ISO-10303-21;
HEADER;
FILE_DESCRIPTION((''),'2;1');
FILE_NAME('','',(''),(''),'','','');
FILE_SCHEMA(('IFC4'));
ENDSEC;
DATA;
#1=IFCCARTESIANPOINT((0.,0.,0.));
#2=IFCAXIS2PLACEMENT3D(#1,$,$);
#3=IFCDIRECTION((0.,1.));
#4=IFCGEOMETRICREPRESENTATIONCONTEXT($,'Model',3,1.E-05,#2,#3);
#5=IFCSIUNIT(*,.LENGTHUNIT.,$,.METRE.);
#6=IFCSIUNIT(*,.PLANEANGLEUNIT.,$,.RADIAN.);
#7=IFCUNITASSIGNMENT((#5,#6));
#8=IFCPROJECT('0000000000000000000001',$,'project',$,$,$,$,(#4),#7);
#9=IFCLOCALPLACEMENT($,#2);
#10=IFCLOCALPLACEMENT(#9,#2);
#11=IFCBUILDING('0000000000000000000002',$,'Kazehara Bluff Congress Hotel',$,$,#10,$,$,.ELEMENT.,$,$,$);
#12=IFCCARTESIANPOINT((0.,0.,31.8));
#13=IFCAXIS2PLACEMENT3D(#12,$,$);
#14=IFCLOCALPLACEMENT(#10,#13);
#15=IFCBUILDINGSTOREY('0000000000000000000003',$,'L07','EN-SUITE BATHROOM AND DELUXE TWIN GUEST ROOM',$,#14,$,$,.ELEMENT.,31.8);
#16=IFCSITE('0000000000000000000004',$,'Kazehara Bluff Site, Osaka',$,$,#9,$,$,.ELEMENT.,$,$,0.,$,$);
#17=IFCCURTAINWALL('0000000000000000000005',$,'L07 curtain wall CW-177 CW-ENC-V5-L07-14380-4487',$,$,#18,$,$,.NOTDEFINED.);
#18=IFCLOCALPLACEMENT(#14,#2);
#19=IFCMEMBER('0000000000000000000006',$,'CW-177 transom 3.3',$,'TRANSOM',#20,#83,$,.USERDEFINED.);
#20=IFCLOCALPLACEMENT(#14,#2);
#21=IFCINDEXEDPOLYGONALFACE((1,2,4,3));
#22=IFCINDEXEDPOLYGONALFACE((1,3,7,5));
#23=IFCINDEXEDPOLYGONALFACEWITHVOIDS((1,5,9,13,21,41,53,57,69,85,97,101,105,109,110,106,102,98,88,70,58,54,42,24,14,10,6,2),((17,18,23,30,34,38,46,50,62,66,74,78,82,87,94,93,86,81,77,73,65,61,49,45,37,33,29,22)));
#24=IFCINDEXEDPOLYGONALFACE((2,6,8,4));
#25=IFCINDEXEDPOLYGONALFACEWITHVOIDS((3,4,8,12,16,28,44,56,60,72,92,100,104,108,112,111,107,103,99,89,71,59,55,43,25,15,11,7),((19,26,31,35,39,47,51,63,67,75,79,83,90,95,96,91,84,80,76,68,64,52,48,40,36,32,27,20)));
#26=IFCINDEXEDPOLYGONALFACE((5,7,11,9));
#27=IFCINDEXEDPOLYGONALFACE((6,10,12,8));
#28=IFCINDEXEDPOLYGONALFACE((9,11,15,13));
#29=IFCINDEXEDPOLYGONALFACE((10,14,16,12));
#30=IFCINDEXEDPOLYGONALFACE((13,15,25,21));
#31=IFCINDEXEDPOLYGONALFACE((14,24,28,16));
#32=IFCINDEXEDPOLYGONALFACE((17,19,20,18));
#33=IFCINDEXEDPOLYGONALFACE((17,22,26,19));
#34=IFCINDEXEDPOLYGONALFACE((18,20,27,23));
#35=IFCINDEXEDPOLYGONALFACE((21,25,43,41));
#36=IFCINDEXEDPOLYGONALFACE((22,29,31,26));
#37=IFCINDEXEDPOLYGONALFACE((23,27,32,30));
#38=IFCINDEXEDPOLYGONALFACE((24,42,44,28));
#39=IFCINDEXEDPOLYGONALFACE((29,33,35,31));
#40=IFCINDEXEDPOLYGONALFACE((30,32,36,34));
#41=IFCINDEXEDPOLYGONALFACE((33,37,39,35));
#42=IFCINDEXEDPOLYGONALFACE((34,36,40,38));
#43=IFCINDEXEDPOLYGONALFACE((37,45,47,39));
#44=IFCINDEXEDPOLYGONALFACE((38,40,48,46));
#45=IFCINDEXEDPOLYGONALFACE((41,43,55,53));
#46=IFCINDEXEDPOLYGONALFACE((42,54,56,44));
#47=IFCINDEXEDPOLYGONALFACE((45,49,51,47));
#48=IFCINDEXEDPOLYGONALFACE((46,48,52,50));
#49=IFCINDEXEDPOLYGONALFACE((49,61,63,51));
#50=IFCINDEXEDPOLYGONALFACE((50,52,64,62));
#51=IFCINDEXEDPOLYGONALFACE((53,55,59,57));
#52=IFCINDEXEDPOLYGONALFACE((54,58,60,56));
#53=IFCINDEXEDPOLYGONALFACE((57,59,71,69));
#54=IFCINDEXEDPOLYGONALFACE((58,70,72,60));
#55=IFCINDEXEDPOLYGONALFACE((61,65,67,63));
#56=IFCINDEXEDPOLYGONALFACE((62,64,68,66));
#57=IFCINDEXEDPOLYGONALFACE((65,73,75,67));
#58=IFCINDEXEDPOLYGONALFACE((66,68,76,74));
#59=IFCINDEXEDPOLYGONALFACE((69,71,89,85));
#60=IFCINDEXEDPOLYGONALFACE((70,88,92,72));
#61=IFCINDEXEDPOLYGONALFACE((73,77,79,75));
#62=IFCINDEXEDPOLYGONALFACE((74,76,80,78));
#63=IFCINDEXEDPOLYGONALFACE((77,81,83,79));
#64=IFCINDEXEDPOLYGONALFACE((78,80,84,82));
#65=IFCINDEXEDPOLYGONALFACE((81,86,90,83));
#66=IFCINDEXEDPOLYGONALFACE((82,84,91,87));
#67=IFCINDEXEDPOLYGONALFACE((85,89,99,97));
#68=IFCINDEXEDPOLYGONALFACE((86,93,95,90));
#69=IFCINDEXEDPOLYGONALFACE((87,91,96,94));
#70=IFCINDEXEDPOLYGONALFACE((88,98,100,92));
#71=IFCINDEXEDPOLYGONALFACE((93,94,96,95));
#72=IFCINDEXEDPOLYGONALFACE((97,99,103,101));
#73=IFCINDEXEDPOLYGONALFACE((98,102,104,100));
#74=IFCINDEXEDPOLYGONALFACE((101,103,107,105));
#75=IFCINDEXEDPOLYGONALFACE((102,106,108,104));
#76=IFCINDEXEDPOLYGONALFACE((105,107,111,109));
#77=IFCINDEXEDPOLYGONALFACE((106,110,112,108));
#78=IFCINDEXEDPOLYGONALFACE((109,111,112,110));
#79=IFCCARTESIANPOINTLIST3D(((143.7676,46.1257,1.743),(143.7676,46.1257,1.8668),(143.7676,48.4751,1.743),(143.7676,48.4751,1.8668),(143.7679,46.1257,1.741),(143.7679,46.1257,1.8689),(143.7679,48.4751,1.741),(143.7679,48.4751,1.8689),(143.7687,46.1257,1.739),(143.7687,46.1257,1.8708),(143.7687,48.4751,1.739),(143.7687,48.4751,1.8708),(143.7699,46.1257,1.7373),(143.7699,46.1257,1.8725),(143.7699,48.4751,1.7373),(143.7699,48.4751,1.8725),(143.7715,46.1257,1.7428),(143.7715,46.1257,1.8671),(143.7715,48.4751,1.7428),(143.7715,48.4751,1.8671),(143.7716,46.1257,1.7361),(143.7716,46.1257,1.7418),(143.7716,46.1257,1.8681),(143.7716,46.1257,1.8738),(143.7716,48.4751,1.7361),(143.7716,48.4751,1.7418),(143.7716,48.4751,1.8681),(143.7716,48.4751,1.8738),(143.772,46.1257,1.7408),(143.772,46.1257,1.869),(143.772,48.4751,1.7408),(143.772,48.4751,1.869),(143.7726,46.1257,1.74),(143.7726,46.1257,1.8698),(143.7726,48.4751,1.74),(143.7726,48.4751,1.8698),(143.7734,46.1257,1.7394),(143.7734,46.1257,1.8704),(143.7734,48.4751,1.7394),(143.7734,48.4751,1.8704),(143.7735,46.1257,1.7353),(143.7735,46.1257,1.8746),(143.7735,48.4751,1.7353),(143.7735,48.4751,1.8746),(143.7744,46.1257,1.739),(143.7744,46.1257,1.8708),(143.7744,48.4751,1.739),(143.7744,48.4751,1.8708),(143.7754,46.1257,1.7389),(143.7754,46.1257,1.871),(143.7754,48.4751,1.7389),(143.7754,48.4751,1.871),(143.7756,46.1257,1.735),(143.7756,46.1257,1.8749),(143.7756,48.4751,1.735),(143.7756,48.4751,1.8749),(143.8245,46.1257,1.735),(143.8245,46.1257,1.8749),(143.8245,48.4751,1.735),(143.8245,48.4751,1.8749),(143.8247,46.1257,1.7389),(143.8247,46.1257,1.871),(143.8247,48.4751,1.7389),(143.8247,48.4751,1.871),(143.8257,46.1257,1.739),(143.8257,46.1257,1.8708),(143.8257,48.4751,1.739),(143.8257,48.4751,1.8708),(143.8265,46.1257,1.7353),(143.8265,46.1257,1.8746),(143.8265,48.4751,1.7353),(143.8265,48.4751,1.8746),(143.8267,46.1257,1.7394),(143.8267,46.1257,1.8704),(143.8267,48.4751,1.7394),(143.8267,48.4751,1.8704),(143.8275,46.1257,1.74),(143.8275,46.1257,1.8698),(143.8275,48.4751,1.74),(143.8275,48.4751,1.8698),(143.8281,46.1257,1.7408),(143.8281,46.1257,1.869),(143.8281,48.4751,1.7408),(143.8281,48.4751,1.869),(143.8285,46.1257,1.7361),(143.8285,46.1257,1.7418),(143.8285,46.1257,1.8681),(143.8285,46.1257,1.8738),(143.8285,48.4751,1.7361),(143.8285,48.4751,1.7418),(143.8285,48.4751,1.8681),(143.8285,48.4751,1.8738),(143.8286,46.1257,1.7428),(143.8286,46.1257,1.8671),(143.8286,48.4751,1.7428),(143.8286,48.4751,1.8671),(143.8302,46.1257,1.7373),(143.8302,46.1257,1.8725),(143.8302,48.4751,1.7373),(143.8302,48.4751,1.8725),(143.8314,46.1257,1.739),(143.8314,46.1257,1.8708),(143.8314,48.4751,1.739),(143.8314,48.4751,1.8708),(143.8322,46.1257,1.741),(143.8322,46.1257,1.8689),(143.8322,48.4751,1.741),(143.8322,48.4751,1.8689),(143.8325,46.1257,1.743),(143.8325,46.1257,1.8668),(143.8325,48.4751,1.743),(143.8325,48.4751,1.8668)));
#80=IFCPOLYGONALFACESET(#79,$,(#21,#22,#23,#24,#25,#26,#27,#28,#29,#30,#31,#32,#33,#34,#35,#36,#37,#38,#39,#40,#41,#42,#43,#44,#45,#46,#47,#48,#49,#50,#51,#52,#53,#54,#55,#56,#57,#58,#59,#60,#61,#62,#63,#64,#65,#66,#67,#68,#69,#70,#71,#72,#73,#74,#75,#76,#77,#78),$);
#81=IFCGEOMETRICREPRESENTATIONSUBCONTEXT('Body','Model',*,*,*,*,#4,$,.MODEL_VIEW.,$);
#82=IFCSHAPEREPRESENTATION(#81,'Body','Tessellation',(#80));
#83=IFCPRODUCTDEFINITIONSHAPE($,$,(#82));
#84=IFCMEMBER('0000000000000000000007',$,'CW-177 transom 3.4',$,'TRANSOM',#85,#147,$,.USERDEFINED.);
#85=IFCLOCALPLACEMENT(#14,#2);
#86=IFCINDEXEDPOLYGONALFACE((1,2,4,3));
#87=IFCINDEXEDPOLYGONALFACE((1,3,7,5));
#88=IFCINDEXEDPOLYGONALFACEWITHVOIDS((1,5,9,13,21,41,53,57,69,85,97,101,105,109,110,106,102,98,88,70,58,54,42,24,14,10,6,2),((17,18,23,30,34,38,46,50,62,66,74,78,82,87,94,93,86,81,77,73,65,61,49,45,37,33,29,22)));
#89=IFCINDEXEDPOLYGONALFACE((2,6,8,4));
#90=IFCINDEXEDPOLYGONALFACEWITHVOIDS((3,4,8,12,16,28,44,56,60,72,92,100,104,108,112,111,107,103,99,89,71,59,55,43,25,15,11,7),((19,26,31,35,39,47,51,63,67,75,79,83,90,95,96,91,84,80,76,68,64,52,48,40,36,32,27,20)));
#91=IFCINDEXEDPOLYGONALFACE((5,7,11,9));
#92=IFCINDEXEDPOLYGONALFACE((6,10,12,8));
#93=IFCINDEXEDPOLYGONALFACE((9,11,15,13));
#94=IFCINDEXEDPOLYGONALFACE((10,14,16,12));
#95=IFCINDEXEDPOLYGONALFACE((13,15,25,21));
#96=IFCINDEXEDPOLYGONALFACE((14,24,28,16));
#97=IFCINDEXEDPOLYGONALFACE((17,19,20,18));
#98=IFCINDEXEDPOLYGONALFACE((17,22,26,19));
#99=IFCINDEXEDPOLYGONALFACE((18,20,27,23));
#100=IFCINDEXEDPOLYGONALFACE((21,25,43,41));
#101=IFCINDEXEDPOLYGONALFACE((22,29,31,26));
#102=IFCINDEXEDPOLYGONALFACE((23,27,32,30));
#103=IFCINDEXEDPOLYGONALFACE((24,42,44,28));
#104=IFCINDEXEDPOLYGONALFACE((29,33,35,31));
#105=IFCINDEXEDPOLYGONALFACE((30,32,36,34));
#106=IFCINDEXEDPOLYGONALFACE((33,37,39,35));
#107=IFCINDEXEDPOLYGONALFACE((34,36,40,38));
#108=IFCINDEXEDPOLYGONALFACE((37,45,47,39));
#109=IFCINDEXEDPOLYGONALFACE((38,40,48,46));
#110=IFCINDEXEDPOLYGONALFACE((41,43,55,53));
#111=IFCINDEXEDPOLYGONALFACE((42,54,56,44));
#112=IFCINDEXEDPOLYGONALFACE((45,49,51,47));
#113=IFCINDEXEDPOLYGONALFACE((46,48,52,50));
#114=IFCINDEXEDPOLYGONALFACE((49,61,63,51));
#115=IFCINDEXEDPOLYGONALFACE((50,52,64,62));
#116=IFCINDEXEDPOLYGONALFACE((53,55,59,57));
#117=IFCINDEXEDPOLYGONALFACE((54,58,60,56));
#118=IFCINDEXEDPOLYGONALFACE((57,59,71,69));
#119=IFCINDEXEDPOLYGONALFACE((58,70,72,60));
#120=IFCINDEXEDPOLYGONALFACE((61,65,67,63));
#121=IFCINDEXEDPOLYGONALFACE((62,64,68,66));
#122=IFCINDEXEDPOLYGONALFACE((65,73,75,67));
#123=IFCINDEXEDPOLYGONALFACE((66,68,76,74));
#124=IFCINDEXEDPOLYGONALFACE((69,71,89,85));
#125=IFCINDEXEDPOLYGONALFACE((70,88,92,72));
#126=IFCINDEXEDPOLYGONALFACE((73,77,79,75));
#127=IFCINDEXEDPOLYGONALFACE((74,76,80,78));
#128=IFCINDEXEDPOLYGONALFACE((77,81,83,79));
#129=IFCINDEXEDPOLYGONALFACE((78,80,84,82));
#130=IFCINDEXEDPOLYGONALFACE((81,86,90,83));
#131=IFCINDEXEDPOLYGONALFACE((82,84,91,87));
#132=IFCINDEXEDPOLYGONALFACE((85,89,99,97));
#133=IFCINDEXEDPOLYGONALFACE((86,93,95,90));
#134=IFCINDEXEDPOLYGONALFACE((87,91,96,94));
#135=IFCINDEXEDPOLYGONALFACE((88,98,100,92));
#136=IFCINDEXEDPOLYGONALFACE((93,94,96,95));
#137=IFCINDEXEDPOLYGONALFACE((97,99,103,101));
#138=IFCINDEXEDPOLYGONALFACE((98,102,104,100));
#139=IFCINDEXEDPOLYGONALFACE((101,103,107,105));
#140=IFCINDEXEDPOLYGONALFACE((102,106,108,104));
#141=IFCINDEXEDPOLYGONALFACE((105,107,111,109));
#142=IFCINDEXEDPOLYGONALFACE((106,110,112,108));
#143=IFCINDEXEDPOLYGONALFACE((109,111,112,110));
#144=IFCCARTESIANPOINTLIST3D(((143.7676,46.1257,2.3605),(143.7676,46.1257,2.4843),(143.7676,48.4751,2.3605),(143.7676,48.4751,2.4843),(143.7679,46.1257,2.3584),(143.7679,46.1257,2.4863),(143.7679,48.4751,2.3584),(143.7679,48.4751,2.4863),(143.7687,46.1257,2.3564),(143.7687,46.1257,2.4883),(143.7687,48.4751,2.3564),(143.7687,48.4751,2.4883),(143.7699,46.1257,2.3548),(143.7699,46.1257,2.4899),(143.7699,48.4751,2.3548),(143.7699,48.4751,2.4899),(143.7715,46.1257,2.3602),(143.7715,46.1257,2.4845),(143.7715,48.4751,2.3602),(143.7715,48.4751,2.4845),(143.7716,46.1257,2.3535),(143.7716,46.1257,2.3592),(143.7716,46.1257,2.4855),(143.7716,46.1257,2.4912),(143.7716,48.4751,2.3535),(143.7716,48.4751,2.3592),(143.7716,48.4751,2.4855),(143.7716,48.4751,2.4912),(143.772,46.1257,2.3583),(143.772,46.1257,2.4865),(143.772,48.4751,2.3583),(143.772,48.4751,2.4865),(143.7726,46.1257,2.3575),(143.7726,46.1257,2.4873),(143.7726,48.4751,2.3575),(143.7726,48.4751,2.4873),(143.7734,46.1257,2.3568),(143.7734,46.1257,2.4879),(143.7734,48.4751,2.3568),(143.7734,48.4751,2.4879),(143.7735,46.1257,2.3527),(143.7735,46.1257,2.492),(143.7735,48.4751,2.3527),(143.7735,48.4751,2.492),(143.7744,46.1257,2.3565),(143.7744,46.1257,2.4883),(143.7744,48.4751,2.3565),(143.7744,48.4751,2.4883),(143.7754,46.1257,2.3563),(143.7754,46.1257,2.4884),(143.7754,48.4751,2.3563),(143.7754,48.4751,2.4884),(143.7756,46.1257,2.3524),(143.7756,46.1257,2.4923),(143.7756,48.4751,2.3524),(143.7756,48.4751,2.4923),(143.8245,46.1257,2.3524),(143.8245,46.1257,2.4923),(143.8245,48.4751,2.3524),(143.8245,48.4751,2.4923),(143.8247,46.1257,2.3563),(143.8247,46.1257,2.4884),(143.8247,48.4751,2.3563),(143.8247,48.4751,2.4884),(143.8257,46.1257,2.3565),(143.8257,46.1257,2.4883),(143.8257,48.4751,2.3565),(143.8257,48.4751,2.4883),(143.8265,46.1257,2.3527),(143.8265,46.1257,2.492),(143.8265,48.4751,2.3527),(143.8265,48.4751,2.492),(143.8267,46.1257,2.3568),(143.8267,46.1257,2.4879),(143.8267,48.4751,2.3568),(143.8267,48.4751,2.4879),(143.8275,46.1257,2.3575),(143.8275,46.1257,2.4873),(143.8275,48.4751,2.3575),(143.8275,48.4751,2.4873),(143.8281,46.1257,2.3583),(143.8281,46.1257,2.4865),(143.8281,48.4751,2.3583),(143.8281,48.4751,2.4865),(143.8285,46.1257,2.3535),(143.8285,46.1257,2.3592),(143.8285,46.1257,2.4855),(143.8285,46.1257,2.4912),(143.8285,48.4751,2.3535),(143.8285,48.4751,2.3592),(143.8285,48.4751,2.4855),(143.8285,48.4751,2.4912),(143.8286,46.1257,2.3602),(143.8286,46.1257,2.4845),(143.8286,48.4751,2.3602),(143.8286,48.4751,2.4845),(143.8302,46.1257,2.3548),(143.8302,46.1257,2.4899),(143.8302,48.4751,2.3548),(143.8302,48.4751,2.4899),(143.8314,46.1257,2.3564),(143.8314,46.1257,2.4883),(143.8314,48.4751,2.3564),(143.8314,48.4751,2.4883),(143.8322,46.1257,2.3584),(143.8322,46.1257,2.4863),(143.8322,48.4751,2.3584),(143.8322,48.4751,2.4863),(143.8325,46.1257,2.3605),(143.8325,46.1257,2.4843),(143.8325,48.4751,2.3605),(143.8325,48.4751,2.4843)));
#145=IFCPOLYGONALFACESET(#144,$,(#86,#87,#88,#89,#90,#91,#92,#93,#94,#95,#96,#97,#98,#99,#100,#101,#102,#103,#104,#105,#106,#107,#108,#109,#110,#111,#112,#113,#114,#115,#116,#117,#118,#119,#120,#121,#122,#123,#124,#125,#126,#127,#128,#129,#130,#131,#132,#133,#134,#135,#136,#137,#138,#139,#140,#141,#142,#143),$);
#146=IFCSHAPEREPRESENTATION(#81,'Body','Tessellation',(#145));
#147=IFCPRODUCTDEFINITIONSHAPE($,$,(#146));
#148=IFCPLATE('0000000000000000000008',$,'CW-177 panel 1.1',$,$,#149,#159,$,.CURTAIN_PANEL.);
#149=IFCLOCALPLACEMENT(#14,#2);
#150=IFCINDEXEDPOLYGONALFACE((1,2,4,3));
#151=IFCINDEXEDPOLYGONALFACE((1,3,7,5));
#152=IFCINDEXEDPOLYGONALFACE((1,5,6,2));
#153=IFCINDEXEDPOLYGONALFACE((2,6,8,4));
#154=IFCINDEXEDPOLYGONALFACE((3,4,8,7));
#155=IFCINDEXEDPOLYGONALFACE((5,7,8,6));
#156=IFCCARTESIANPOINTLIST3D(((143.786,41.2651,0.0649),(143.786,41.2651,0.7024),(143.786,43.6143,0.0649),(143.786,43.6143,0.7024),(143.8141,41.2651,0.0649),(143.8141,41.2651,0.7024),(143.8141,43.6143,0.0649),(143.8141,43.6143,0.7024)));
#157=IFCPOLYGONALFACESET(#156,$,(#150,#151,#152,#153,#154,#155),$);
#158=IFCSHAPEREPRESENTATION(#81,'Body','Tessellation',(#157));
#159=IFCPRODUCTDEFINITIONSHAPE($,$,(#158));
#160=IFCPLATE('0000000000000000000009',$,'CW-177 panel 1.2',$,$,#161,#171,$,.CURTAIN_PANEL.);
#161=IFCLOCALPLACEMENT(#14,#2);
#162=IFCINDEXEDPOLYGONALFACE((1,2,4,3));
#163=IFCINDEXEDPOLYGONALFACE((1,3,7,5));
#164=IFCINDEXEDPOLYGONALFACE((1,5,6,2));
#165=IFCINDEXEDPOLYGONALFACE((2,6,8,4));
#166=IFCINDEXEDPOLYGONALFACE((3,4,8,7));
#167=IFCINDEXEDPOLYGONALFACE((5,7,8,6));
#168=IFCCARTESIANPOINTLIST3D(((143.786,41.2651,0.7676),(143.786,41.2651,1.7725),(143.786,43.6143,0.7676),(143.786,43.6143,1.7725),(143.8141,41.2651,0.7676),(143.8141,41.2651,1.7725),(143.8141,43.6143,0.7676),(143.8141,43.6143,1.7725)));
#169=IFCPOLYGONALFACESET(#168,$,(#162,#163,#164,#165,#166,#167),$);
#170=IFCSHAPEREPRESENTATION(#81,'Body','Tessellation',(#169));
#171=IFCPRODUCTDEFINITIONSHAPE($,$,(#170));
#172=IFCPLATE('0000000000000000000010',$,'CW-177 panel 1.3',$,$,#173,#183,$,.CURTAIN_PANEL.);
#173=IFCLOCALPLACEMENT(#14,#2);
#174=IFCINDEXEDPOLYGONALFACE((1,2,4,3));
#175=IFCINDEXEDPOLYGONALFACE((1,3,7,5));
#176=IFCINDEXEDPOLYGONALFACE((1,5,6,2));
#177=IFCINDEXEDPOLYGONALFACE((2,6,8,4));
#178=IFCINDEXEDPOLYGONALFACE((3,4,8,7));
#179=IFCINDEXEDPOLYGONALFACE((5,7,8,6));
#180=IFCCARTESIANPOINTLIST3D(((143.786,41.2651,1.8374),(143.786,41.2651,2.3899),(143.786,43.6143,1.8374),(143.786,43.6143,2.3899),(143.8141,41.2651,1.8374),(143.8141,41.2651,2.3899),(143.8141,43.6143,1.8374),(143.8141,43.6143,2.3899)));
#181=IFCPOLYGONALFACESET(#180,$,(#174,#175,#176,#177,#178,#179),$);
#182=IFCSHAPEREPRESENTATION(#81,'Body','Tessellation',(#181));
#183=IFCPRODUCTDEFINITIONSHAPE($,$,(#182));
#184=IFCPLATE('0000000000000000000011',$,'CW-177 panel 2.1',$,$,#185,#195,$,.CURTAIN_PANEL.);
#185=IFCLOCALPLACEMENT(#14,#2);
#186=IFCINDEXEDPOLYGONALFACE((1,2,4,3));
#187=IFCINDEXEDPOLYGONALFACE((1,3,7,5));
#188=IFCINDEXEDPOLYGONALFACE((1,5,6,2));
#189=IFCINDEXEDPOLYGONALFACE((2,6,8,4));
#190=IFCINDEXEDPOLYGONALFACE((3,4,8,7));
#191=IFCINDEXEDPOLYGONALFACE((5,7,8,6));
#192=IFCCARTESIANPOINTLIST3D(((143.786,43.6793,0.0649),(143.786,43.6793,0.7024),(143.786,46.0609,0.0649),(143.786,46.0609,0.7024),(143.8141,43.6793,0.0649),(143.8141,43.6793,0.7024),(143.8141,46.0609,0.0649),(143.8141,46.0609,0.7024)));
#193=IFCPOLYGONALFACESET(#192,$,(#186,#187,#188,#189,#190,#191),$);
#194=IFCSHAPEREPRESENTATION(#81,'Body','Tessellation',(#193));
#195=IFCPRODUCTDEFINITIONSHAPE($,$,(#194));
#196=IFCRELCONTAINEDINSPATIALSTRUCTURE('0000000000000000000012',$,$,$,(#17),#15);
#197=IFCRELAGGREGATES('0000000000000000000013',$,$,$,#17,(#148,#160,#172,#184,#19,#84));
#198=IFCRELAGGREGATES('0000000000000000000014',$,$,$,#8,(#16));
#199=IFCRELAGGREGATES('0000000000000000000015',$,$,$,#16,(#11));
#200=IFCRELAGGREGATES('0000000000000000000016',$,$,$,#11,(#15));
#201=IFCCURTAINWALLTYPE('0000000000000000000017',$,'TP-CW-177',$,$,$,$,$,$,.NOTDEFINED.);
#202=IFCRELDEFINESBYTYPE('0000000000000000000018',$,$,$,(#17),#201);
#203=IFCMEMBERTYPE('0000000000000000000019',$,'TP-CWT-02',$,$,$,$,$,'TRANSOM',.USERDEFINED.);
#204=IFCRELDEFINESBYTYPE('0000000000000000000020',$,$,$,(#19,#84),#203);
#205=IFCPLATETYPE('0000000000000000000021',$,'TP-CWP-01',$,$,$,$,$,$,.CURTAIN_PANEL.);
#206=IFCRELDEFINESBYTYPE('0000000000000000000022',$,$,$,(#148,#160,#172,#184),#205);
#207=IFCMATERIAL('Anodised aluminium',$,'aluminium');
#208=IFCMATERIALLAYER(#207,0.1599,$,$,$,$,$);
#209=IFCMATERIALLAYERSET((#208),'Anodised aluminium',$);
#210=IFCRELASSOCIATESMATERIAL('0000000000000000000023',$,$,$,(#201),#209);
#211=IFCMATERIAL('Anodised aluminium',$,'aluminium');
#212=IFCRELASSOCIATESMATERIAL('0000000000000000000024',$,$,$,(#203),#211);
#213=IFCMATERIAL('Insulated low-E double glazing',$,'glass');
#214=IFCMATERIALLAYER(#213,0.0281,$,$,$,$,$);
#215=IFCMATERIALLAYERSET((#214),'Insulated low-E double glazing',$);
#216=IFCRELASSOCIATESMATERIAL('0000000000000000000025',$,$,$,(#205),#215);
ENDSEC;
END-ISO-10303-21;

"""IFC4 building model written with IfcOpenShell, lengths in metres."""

from ifc_helpers import new_model, si_unit, direction, frame, origin, origin_2d, place, context, subcontext, project, spatial, rectangle, hollow_rectangle, extrude, material, layer, layer_set, material_profile, profile_set, type_object, element, aggregate, save


model = new_model("IFC4")

# Units and contexts
model_context = context("Model", 3, precision=1e-05, world=origin(), true_north=direction((0.0, 1.0)))
body_context = subcontext(model_context, "Body", "Model", "MODEL_VIEW")
ifc_project = project(units=[si_unit("LENGTHUNIT", "METRE"), si_unit("PLANEANGLEUNIT", "RADIAN")], contexts=[model_context])

# Site, building, storey
site_placement = place(None, origin())
site = spatial("IfcSite", under=ifc_project, at=site_placement, Name="Kazehara Bluff Site, Osaka", CompositionType="ELEMENT", RefElevation=0.0)
building_placement = place(site_placement, origin())
building = spatial("IfcBuilding", under=site, at=building_placement, Name="Kazehara Bluff Congress Hotel", CompositionType="ELEMENT")
storey_placement = place(building_placement, frame((0.0, 0.0, 31.8)))
storey = spatial("IfcBuildingStorey", under=building, at=storey_placement, Name="L07", Description="EN-SUITE BATHROOM AND DELUXE TWIN GUEST ROOM", CompositionType="ELEMENT", Elevation=31.8)

# Curtain wall
ifc_material_1 = material(Name="Anodised aluminium", Category="aluminium")
ifc_layer_1 = layer(ifc_material_1, 0.1599)
ifc_layer_set_1 = layer_set([ifc_layer_1], Name="Anodised aluminium")
curtain_wall_type_1 = type_object("IfcCurtainWallType", Name="TP-CW-177", PredefinedType="NOTDEFINED", material=ifc_layer_set_1)
curtain_wall_1_placement = place(storey_placement, origin())
curtain_wall_1 = element("IfcCurtainWall", 1, at=curtain_wall_1_placement, inside=storey, type_object=curtain_wall_type_1, Name="L07 curtain wall CW-177 CW-ENC-V5-L07-14380-4487", PredefinedType="NOTDEFINED")

# Members
ifc_material_2 = material(Name="Anodised aluminium", Category="aluminium")
ifc_material_profile_1 = material_profile(ifc_material_2, hollow_rectangle(XDim=0.0649, YDim=0.1399, WallThickness=0.0039, InnerFilletRadius=0.0039, OuterFilletRadius=0.0081, at=origin_2d()))
ifc_profile_set_1 = profile_set([ifc_material_profile_1], Name="Anodised aluminium")
member_type_1 = type_object("IfcMemberType", Name="TP-CWT-02", ElementType="TRANSOM", PredefinedType="USERDEFINED", material=ifc_profile_set_1)
member_1_placement = place(storey_placement, frame((143.8, 46.1257, 1.8049), z_axis=(0.0, 1.0, 0.0), x_axis=(-1.0, 0.0, 0.0)))
member_1 = element("IfcMember", 2, at=member_1_placement, type_object=member_type_1, Name="CW-177 transom 3.3", ObjectType="TRANSOM", PredefinedType="USERDEFINED", context=body_context, shape_type="SweptSolid", body=[
    extrude(hollow_rectangle(XDim=0.0649, YDim=0.1399, WallThickness=0.0039, InnerFilletRadius=0.0039, OuterFilletRadius=0.0081, at=origin_2d()), origin(), (0.0, 0.0, 1.0), 2.3494),
])
member_2_placement = place(storey_placement, frame((143.8, 46.1257, 2.4224), z_axis=(0.0, 1.0, 0.0), x_axis=(-1.0, 0.0, 0.0)))
member_2 = element("IfcMember", 3, at=member_2_placement, type_object=member_type_1, Name="CW-177 transom 3.4", ObjectType="TRANSOM", PredefinedType="USERDEFINED", context=body_context, shape_type="SweptSolid", body=[
    extrude(hollow_rectangle(XDim=0.0649, YDim=0.1399, WallThickness=0.0039, InnerFilletRadius=0.0039, OuterFilletRadius=0.0081, at=origin_2d()), origin(), (0.0, 0.0, 1.0), 2.3494),
])

# Plates
ifc_material_3 = material(Name="Insulated low-E double glazing", Category="glass")
ifc_layer_2 = layer(ifc_material_3, 0.0281)
ifc_layer_set_2 = layer_set([ifc_layer_2], Name="Insulated low-E double glazing")
plate_type_1 = type_object("IfcPlateType", Name="TP-CWP-01", PredefinedType="CURTAIN_PANEL", material=ifc_layer_set_2)
plate_1_placement = place(storey_placement, frame((143.8, 42.4397, 0.0649), z_axis=(0.0, 0.0, 1.0), x_axis=(0.0, 1.0, 0.0)))
plate_1 = element("IfcPlate", 4, at=plate_1_placement, type_object=plate_type_1, Name="CW-177 panel 1.1", PredefinedType="CURTAIN_PANEL", context=body_context, shape_type="SweptSolid", body=[
    extrude(rectangle(XDim=2.3491, YDim=0.0281, at=origin_2d()), origin(), (0.0, 0.0, 1.0), 0.6375),
])
plate_2_placement = place(storey_placement, frame((143.8, 42.4397, 0.7676), z_axis=(0.0, 0.0, 1.0), x_axis=(0.0, 1.0, 0.0)))
plate_2 = element("IfcPlate", 5, at=plate_2_placement, type_object=plate_type_1, Name="CW-177 panel 1.2", PredefinedType="CURTAIN_PANEL", context=body_context, shape_type="SweptSolid", body=[
    extrude(rectangle(XDim=2.3491, YDim=0.0281, at=origin_2d()), origin(), (0.0, 0.0, 1.0), 1.0049),
])
plate_3_placement = place(storey_placement, frame((143.8, 42.4397, 1.8374), z_axis=(0.0, 0.0, 1.0), x_axis=(0.0, 1.0, 0.0)))
plate_3 = element("IfcPlate", 6, at=plate_3_placement, type_object=plate_type_1, Name="CW-177 panel 1.3", PredefinedType="CURTAIN_PANEL", context=body_context, shape_type="SweptSolid", body=[
    extrude(rectangle(XDim=2.3491, YDim=0.0281, at=origin_2d()), origin(), (0.0, 0.0, 1.0), 0.5525),
])
plate_4_placement = place(storey_placement, frame((143.8, 44.8701, 0.0649), z_axis=(0.0, 0.0, 1.0), x_axis=(0.0, 1.0, 0.0)))
plate_4 = element("IfcPlate", 7, at=plate_4_placement, type_object=plate_type_1, Name="CW-177 panel 2.1", PredefinedType="CURTAIN_PANEL", context=body_context, shape_type="SweptSolid", body=[
    extrude(rectangle(XDim=2.3816, YDim=0.0281, at=origin_2d()), origin(), (0.0, 0.0, 1.0), 0.6375),
])
aggregate(curtain_wall_1, [plate_1, plate_2, plate_3, plate_4, member_1, member_2])

save(model, "model.ifc")
